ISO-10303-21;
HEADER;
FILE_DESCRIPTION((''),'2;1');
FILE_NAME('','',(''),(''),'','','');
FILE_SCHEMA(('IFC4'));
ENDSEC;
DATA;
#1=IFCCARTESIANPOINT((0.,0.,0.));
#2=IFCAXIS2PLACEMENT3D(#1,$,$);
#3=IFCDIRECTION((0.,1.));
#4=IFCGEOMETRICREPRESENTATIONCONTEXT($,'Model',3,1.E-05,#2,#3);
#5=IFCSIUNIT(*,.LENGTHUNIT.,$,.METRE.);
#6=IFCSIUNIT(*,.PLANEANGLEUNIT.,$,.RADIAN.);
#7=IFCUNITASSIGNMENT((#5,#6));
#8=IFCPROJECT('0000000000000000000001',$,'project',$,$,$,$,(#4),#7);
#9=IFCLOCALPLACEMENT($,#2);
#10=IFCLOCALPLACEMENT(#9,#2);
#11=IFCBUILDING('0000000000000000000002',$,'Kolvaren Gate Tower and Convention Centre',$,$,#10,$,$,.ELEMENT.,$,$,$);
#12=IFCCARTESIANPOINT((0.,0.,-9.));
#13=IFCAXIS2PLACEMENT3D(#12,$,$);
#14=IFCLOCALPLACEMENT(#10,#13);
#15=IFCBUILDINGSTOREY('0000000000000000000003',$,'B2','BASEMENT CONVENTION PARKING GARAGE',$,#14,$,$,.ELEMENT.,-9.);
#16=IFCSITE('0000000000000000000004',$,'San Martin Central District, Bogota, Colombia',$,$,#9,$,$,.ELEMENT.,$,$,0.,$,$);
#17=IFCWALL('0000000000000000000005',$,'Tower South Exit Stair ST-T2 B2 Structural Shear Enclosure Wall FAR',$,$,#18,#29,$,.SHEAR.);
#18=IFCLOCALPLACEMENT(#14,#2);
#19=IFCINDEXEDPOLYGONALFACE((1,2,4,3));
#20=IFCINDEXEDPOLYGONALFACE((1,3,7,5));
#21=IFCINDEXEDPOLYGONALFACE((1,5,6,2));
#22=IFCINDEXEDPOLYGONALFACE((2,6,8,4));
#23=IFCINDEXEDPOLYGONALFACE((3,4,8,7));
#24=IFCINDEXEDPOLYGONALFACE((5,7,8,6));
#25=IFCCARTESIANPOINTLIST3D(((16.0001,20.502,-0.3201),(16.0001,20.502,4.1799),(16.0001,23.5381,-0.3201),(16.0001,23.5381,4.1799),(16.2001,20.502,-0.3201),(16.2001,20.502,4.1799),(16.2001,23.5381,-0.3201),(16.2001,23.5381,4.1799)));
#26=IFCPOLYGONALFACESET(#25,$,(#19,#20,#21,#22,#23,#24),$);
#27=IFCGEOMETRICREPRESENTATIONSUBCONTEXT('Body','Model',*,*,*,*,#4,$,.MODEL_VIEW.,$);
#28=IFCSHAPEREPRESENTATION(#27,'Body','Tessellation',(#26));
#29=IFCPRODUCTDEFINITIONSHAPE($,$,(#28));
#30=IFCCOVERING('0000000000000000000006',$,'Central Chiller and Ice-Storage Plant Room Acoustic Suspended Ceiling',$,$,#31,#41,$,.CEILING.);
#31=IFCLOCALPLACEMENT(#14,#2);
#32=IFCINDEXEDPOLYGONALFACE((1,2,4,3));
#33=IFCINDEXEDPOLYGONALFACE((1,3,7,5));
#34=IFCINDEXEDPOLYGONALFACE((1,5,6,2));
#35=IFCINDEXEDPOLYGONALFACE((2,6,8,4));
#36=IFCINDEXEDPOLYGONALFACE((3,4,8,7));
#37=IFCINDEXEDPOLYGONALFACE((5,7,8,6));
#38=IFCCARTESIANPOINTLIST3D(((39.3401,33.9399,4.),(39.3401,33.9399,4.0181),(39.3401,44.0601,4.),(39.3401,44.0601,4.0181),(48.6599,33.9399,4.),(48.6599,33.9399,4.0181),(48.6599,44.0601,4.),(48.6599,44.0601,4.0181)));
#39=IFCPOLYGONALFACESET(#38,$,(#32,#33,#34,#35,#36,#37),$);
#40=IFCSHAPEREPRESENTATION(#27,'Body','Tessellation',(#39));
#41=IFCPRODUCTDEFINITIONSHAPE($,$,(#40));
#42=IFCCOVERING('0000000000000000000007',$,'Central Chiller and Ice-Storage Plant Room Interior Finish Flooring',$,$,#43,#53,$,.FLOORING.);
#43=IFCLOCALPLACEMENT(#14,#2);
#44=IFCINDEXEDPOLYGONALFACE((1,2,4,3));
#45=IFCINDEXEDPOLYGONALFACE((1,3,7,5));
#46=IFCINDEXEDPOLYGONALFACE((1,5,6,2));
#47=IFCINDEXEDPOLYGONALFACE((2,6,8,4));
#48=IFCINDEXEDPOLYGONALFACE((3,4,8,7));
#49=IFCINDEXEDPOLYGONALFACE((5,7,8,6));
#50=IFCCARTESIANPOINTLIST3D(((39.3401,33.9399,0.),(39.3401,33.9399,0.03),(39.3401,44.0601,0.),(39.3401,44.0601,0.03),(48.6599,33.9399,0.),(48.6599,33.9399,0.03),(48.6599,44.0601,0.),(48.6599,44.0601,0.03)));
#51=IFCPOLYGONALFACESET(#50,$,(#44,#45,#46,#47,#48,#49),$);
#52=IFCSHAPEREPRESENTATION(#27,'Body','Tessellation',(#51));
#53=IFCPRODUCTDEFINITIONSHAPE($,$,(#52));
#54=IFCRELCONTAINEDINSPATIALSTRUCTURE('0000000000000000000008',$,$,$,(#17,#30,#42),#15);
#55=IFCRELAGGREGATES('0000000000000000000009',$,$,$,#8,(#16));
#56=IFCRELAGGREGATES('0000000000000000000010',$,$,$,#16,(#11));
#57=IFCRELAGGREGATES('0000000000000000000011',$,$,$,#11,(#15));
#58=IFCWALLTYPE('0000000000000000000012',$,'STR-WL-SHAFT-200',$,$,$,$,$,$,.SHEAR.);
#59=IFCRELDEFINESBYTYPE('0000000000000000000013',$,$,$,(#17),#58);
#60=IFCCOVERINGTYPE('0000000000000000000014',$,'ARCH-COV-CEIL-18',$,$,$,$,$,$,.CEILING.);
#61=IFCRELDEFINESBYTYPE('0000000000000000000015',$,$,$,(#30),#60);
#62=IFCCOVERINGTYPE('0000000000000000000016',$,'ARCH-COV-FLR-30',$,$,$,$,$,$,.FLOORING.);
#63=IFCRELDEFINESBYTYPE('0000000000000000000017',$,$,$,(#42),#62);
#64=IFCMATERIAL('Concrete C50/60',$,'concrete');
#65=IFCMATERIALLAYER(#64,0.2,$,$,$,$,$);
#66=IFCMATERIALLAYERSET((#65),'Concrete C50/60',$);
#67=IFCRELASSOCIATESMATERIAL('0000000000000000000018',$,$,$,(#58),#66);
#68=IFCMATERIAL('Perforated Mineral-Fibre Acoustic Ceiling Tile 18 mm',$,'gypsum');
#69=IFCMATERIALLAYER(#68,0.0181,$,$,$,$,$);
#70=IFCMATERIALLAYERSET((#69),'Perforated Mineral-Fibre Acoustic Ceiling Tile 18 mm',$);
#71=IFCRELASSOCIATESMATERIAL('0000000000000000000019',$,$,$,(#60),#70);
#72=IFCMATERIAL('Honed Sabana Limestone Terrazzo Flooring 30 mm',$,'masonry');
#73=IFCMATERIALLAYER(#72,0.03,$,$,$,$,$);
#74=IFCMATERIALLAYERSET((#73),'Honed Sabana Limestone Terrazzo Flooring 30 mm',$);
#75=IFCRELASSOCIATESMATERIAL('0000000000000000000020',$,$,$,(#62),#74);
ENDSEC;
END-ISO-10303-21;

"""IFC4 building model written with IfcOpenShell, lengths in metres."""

from ifc_helpers import new_model, si_unit, direction, frame, frame_2d, origin, place, context, subcontext, project, spatial, polyline, rectangle, outline, extrude, material, layer, layer_set, type_object, element, save


model = new_model("IFC4")

# Units and contexts
model_context = context("Model", 3, precision=1e-05, world=origin(), true_north=direction((0.0, 1.0)))
body_context = subcontext(model_context, "Body", "Model", "MODEL_VIEW")
ifc_project = project(units=[si_unit("LENGTHUNIT", "METRE"), si_unit("PLANEANGLEUNIT", "RADIAN")], contexts=[model_context])

# Site, building, storey
site_placement = place(None, origin())
site = spatial("IfcSite", under=ifc_project, at=site_placement, Name="San Martin Central District, Bogota, Colombia", CompositionType="ELEMENT", RefElevation=0.0)
building_placement = place(site_placement, origin())
building = spatial("IfcBuilding", under=site, at=building_placement, Name="Kolvaren Gate Tower and Convention Centre", CompositionType="ELEMENT")
storey_placement = place(building_placement, frame((0.0, 0.0, -9.0)))
storey = spatial("IfcBuildingStorey", under=building, at=storey_placement, Name="B2", Description="BASEMENT CONVENTION PARKING GARAGE", CompositionType="ELEMENT", Elevation=-9.0)

# Shared definitions
ifc_material_1 = material(Name="Concrete C50/60", Category="concrete")

# Wall
ifc_layer_1 = layer(ifc_material_1, 0.2)
ifc_layer_set_1 = layer_set([ifc_layer_1], Name="Concrete C50/60")
wall_type_1 = type_object("IfcWallType", Name="STR-WL-SHAFT-200", PredefinedType="SHEAR", material=ifc_layer_set_1)
wall_1_placement = place(storey_placement, frame((16.1001, 20.502, -0.3201), z_axis=(0.0, 0.0, 1.0), x_axis=(0.0, 1.0, 0.0)))
element("IfcWall", 1, at=wall_1_placement, inside=storey, type_object=wall_type_1, Name="Tower South Exit Stair ST-T2 B2 Structural Shear Enclosure Wall FAR", PredefinedType="SHEAR", context=body_context, shape_type="SweptSolid", body=[
    extrude(rectangle(XDim=3.0361, YDim=0.2, at=frame_2d((1.5181, 0.0))), origin(), (0.0, 0.0, 1.0), 4.5),
])

# Coverings
ifc_material_2 = material(Name="Perforated Mineral-Fibre Acoustic Ceiling Tile 18 mm", Category="gypsum")
ifc_layer_2 = layer(ifc_material_2, 0.0181)
ifc_layer_set_2 = layer_set([ifc_layer_2], Name="Perforated Mineral-Fibre Acoustic Ceiling Tile 18 mm")
covering_type_1 = type_object("IfcCoveringType", Name="ARCH-COV-CEIL-18", PredefinedType="CEILING", material=ifc_layer_set_2)
covering_1_placement = place(storey_placement, frame((0.0, 0.0, 4.0)))
element("IfcCovering", 2, at=covering_1_placement, inside=storey, type_object=covering_type_1, Name="Central Chiller and Ice-Storage Plant Room Acoustic Suspended Ceiling", PredefinedType="CEILING", context=body_context, shape_type="SweptSolid", body=[
    extrude(outline(polyline([(39.3401, 33.9399), (39.3401, 44.0601), (48.6599, 44.0601), (48.6599, 33.9399), (39.3401, 33.9399)])), origin(), (0.0, 0.0, 1.0), 0.0181),
])
ifc_material_3 = material(Name="Honed Sabana Limestone Terrazzo Flooring 30 mm", Category="masonry")
ifc_layer_3 = layer(ifc_material_3, 0.03)
ifc_layer_set_3 = layer_set([ifc_layer_3], Name="Honed Sabana Limestone Terrazzo Flooring 30 mm")
covering_type_2 = type_object("IfcCoveringType", Name="ARCH-COV-FLR-30", PredefinedType="FLOORING", material=ifc_layer_set_3)
covering_2_placement = place(storey_placement, origin())
element("IfcCovering", 3, at=covering_2_placement, inside=storey, type_object=covering_type_2, Name="Central Chiller and Ice-Storage Plant Room Interior Finish Flooring", PredefinedType="FLOORING", context=body_context, shape_type="SweptSolid", body=[
    extrude(outline(polyline([(39.3401, 33.9399), (39.3401, 44.0601), (48.6599, 44.0601), (48.6599, 33.9399), (39.3401, 33.9399)])), origin(), (0.0, 0.0, 1.0), 0.03),
])

save(model, "model.ifc")
